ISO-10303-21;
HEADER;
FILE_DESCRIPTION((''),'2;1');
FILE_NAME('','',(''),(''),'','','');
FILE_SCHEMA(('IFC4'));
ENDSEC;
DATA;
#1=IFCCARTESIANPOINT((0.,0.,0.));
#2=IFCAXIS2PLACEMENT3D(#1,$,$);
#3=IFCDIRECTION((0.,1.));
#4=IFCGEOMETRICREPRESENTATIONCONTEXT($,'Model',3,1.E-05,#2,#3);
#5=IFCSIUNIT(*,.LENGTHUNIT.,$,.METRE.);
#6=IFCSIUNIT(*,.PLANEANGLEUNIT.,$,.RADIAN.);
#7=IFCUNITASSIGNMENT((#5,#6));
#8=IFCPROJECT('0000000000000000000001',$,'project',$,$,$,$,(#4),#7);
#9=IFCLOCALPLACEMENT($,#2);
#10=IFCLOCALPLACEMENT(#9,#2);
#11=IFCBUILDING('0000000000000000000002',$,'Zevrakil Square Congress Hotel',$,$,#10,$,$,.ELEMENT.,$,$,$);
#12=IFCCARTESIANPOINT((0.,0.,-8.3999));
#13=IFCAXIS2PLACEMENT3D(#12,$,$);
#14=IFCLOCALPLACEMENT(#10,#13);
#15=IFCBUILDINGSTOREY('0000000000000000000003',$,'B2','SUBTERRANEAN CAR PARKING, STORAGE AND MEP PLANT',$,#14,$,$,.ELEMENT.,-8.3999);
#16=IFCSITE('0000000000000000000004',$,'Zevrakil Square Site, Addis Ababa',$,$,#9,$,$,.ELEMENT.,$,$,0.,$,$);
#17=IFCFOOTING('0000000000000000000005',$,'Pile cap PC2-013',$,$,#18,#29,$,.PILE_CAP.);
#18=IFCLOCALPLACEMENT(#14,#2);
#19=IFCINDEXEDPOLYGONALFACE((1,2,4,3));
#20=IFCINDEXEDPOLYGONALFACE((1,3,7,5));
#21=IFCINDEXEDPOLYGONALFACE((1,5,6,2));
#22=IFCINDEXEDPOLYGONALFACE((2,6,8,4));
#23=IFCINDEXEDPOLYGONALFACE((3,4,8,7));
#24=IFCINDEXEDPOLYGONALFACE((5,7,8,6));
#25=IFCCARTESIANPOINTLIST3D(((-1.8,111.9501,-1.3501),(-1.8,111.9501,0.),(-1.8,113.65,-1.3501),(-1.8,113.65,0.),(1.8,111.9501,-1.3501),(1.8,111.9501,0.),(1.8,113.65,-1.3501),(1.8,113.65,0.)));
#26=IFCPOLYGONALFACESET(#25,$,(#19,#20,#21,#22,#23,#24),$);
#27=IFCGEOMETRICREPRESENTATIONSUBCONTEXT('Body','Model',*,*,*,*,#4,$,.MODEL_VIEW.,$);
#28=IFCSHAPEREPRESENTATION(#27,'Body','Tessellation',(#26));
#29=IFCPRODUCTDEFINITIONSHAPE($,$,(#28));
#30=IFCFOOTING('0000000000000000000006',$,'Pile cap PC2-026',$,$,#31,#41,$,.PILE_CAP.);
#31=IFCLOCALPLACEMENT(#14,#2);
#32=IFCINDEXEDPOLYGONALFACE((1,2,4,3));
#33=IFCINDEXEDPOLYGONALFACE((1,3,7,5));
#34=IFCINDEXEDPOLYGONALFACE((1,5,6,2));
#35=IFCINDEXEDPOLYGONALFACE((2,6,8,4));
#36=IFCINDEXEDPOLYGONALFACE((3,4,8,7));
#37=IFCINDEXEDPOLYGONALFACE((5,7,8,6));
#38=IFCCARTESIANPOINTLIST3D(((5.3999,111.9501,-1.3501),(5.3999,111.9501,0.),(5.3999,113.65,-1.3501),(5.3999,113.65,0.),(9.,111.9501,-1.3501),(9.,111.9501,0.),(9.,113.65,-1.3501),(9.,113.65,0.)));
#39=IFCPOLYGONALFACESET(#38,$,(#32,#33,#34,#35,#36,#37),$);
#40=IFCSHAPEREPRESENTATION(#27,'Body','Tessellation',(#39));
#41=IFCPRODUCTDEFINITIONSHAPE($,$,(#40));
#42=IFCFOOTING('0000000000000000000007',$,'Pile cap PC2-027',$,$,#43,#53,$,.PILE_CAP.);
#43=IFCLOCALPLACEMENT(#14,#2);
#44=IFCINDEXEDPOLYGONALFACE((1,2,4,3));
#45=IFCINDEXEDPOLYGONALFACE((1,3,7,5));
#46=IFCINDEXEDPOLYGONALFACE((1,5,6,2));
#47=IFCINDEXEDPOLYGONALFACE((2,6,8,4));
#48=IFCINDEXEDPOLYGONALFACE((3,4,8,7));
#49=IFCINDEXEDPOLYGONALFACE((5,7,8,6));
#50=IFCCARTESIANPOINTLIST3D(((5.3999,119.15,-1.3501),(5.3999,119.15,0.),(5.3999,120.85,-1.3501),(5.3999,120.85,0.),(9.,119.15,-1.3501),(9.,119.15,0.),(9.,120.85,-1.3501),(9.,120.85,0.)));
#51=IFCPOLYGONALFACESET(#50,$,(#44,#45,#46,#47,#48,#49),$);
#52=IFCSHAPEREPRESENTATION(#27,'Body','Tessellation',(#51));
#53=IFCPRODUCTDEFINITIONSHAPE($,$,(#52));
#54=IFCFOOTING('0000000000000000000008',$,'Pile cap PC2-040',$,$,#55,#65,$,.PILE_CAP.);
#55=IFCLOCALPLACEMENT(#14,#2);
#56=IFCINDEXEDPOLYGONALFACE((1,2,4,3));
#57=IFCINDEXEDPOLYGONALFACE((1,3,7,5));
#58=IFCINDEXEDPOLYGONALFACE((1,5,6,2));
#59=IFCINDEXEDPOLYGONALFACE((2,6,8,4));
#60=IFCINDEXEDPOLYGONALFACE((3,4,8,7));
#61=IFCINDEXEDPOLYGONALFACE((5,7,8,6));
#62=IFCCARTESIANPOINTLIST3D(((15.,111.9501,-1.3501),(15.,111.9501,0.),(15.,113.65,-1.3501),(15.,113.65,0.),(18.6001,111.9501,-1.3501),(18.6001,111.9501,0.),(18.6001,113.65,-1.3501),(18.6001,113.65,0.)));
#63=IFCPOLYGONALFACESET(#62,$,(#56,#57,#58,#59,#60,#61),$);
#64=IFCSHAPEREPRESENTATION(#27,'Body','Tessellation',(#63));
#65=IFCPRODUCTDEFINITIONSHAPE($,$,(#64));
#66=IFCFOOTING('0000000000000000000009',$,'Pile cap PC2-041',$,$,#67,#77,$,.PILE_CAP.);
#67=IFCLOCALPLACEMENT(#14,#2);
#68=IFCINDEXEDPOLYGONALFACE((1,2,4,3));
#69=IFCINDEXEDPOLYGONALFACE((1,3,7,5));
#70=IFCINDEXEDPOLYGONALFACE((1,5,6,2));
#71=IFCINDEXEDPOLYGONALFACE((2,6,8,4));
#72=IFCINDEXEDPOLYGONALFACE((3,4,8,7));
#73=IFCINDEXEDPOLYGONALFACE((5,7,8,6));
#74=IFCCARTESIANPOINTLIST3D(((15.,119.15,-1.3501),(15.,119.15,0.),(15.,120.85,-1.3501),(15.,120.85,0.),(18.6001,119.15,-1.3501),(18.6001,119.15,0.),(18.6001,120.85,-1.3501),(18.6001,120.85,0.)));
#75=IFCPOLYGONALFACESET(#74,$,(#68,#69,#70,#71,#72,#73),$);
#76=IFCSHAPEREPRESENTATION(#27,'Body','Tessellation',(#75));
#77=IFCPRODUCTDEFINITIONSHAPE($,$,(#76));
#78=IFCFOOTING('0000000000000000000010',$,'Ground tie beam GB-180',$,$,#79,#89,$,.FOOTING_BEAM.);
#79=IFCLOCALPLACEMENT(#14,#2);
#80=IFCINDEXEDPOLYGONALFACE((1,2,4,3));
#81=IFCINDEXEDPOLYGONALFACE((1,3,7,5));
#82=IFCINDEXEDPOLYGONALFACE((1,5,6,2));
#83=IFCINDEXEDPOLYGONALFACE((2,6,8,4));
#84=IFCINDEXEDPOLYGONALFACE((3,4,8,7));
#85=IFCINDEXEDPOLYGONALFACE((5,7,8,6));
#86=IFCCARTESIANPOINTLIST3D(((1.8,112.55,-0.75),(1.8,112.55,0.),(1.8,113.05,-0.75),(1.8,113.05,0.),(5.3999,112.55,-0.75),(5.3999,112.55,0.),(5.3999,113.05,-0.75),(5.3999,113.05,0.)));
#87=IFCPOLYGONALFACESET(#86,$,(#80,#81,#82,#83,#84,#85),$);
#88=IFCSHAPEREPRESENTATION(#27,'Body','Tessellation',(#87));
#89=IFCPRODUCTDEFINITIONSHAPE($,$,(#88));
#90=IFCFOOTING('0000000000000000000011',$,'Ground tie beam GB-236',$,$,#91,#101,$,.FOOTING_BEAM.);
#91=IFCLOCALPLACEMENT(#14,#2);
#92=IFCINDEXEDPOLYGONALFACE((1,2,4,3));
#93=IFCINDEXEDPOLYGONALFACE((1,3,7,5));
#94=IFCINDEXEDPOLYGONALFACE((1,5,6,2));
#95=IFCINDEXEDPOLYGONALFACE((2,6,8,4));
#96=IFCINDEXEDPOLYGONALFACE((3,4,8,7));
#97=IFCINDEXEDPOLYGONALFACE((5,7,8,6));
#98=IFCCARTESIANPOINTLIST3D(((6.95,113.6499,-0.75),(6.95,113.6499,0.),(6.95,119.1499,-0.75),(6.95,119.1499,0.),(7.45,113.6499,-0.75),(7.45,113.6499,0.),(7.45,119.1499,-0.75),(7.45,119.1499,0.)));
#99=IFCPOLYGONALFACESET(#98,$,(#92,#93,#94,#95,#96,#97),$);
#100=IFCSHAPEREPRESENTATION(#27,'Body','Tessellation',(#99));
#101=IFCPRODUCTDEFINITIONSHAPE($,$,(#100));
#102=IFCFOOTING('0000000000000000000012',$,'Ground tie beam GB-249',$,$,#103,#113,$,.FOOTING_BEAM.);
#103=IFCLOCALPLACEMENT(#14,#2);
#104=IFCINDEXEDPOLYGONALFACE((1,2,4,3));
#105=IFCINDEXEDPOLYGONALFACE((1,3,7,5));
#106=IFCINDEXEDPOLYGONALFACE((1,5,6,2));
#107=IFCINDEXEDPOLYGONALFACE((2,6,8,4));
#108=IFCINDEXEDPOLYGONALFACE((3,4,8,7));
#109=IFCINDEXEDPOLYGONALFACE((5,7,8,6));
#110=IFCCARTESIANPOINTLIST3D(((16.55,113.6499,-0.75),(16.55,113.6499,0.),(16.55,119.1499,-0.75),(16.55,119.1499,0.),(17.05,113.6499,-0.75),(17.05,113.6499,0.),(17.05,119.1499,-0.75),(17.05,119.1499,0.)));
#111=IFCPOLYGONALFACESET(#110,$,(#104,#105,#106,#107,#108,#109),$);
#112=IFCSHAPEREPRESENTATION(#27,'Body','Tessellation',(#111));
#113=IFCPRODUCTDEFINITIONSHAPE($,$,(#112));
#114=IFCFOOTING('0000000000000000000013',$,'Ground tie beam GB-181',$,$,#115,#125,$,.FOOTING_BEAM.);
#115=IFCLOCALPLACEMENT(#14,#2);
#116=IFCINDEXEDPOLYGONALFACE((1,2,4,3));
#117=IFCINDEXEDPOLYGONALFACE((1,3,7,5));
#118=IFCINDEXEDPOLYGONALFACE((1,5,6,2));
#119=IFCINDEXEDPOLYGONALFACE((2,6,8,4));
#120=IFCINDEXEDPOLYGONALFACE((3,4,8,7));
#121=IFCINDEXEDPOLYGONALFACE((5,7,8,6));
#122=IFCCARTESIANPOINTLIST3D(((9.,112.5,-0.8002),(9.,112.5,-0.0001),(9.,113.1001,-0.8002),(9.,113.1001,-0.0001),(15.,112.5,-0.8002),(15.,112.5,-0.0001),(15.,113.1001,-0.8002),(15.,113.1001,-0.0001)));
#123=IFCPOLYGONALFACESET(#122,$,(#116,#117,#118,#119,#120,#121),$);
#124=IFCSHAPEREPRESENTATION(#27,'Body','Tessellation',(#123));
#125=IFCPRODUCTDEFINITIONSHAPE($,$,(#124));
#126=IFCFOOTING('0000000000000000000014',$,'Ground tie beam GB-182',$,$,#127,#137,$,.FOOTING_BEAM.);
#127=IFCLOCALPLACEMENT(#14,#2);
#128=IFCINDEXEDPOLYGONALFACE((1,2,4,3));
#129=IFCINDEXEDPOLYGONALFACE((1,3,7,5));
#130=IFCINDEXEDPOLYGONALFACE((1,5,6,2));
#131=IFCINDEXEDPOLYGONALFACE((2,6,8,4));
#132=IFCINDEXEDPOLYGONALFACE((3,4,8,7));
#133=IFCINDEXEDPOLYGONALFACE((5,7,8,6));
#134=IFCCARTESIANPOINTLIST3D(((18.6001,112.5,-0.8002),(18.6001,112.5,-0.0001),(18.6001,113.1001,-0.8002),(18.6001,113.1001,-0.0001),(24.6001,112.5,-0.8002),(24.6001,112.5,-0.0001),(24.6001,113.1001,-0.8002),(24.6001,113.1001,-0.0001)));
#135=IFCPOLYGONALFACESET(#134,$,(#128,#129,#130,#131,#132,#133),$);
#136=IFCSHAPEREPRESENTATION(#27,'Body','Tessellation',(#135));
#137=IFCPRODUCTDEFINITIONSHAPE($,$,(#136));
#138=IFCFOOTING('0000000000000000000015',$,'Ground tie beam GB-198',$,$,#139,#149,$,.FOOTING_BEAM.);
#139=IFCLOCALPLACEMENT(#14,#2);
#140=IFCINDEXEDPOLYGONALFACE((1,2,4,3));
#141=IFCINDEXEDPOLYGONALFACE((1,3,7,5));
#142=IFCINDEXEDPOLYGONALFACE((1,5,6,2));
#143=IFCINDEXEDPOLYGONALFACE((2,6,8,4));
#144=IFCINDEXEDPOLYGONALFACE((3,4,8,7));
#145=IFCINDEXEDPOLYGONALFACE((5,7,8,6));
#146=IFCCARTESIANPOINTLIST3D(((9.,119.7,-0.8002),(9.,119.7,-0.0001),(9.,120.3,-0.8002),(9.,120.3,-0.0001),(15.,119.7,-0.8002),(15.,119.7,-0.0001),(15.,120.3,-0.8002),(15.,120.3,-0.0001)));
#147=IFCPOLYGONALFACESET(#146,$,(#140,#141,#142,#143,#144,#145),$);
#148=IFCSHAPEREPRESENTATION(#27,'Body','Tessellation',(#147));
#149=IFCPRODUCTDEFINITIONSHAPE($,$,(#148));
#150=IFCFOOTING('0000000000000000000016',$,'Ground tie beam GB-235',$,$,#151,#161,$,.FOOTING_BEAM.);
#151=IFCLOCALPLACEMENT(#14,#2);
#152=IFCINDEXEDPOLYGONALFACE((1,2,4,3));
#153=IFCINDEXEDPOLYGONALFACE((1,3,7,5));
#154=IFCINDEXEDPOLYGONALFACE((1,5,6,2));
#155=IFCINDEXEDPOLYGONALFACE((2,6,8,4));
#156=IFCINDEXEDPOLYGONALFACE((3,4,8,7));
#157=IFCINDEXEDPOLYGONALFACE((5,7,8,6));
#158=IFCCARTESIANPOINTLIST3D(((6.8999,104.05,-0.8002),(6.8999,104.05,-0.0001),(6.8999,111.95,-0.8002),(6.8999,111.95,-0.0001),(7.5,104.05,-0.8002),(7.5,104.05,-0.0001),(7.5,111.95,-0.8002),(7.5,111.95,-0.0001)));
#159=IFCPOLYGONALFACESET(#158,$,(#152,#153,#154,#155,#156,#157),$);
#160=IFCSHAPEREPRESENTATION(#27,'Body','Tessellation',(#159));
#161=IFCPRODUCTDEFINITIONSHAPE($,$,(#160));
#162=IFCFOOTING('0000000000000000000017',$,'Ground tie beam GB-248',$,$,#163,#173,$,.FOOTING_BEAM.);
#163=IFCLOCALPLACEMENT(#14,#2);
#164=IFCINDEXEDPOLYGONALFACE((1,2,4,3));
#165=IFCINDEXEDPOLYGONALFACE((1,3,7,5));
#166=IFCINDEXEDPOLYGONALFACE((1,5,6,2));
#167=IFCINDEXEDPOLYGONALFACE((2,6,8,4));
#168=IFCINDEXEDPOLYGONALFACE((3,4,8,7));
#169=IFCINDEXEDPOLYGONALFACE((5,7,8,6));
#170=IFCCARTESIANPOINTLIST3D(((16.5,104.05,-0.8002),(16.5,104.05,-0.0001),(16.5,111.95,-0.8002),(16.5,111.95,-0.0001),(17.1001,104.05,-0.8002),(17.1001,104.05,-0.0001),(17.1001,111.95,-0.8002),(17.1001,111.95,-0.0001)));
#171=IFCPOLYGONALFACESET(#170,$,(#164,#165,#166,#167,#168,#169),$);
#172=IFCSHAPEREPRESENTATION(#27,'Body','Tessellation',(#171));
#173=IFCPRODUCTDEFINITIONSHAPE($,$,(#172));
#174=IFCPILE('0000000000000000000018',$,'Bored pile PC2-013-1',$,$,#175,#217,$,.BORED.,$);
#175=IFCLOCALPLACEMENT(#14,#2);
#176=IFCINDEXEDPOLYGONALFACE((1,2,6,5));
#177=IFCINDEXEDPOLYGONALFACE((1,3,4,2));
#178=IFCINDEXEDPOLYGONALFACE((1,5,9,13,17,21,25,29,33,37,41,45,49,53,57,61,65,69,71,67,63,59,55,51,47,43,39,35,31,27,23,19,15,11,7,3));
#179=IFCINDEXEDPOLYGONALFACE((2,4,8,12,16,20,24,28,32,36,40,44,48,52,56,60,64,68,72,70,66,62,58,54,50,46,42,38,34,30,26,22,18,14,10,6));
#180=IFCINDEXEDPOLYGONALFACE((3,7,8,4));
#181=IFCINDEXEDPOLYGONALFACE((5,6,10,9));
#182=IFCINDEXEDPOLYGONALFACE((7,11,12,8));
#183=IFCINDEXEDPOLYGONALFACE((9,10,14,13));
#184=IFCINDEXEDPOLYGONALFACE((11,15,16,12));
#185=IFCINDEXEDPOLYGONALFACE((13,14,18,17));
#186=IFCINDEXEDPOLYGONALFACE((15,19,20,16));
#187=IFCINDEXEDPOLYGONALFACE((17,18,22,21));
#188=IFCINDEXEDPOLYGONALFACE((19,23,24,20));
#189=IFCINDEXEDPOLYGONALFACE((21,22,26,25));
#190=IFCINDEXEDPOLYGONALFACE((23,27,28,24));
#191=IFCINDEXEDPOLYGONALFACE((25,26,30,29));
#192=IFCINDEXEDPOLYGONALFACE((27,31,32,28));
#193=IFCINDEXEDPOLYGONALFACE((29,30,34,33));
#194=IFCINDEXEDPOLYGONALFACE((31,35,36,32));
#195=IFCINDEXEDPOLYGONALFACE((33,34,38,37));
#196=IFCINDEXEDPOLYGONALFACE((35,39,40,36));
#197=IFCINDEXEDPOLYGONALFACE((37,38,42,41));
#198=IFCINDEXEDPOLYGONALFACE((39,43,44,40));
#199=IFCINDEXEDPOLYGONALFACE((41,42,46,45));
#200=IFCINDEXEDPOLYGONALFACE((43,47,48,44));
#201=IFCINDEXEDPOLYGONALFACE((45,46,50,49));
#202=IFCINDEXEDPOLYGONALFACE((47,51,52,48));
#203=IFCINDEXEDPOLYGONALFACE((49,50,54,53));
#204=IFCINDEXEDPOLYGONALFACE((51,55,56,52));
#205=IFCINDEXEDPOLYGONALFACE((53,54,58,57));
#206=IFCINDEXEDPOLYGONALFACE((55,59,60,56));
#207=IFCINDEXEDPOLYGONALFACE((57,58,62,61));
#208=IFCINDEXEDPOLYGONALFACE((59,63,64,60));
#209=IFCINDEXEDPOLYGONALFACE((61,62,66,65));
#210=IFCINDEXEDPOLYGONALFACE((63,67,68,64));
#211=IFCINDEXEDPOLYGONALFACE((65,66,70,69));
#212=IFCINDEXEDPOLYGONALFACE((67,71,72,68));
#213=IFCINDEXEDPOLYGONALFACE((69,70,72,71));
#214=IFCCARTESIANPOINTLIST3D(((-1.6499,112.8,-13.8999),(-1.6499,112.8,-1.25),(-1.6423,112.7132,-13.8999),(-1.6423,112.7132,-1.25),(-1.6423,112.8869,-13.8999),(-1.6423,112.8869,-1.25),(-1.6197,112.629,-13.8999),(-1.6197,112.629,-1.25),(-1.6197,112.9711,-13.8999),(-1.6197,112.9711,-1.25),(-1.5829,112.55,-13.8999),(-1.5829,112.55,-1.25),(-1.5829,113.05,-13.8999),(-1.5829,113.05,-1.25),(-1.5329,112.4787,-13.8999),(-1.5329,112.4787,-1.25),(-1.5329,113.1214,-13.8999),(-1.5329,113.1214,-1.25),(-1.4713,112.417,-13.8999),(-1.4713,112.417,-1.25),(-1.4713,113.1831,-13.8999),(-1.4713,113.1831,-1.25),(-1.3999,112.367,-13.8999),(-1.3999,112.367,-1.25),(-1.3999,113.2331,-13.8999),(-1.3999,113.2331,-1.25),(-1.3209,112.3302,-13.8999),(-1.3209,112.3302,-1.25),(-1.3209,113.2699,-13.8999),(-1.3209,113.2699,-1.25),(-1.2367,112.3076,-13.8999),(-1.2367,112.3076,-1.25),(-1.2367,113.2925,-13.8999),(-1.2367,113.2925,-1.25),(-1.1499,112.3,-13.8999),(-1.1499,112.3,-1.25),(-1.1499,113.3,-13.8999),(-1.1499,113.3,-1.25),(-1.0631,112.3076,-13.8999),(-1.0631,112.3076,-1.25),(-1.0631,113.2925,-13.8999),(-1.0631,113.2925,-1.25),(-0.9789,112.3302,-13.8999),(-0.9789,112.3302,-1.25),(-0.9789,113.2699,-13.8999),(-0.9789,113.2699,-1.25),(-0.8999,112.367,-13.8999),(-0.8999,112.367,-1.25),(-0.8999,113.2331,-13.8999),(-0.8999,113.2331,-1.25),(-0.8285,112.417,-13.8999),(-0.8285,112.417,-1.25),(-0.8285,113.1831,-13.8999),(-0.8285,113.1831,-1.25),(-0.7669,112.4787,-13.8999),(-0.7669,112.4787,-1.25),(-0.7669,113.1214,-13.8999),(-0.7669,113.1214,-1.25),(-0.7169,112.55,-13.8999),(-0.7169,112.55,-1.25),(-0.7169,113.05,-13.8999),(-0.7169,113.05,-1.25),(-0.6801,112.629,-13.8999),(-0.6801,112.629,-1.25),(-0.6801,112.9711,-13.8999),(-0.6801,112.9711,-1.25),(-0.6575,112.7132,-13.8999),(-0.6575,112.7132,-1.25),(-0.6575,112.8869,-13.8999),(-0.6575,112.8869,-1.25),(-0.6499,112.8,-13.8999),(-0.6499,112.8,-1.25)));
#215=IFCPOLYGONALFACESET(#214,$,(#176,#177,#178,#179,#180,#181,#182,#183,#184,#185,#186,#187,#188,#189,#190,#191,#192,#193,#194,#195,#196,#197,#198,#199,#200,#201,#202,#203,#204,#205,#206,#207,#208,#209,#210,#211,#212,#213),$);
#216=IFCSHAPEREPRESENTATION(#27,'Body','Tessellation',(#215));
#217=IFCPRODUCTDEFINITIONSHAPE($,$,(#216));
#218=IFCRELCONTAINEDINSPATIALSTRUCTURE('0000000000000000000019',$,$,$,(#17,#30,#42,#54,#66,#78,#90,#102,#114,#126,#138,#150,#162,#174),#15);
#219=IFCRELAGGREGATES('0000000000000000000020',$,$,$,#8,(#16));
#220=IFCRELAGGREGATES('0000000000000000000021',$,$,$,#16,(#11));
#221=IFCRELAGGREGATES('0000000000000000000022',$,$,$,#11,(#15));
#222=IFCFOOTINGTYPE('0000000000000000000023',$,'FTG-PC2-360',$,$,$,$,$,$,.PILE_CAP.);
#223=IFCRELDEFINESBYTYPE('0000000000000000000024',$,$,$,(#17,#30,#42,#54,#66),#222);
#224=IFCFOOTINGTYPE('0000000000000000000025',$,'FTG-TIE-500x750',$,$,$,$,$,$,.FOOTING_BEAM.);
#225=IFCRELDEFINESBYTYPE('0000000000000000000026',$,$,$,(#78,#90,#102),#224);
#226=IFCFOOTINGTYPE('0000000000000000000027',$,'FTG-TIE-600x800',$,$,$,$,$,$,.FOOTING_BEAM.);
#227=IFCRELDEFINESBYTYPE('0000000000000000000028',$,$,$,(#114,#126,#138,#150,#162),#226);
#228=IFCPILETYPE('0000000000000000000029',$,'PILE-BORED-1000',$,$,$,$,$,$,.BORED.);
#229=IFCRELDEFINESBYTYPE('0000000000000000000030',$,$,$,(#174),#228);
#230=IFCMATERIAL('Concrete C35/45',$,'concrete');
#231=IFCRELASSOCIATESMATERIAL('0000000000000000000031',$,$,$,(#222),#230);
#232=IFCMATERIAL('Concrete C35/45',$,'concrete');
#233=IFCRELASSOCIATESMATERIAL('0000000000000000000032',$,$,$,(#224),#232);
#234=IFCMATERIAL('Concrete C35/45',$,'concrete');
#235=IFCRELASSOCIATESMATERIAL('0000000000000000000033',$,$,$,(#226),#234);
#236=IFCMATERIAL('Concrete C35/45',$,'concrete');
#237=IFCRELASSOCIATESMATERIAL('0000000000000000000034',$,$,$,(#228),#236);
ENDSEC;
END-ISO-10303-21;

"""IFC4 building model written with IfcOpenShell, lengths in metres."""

from ifc_helpers import new_model, si_unit, direction, frame, origin, origin_2d, place, context, subcontext, project, spatial, rectangle, circle, extrude, material, material_profile, profile_set, type_object, element, save


model = new_model("IFC4")

# Units and contexts
model_context = context("Model", 3, precision=1e-05, world=origin(), true_north=direction((0.0, 1.0)))
body_context = subcontext(model_context, "Body", "Model", "MODEL_VIEW")
ifc_project = project(units=[si_unit("LENGTHUNIT", "METRE"), si_unit("PLANEANGLEUNIT", "RADIAN")], contexts=[model_context])

# Site, building, storey
site_placement = place(None, origin())
site = spatial("IfcSite", under=ifc_project, at=site_placement, Name="Zevrakil Square Site, Addis Ababa", CompositionType="ELEMENT", RefElevation=0.0)
building_placement = place(site_placement, origin())
building = spatial("IfcBuilding", under=site, at=building_placement, Name="Zevrakil Square Congress Hotel", CompositionType="ELEMENT")
storey_placement = place(building_placement, frame((0.0, 0.0, -8.3999)))
storey = spatial("IfcBuildingStorey", under=building, at=storey_placement, Name="B2", Description="SUBTERRANEAN CAR PARKING, STORAGE AND MEP PLANT", CompositionType="ELEMENT", Elevation=-8.3999)

# Footings
ifc_material_1 = material(Name="Concrete C35/45", Category="concrete")
footing_type_1 = type_object("IfcFootingType", Name="FTG-PC2-360", PredefinedType="PILE_CAP", material=ifc_material_1)
for number, where, z_axis, x_axis, name in (
    (1, (0.0, 112.8, -1.3501), (0.0, 0.0, 1.0), (1.0, 0.0, 0.0), "Pile cap PC2-013"),
    (2, (7.2, 112.8, -1.3501), (0.0, 0.0, 1.0), (1.0, 0.0, 0.0), "Pile cap PC2-026"),
    (3, (7.2, 120.0, -1.3501), (0.0, 0.0, 1.0), (1.0, 0.0, 0.0), "Pile cap PC2-027"),
    (4, (16.8, 112.8, -1.3501), (0.0, 0.0, 1.0), (1.0, 0.0, 0.0), "Pile cap PC2-040"),
    (5, (16.8, 120.0, -1.3501), (0.0, 0.0, 1.0), (1.0, 0.0, 0.0), "Pile cap PC2-041"),
):
    element("IfcFooting", number, at=place(storey_placement, frame(where, z_axis=z_axis, x_axis=x_axis)), inside=storey, type_object=footing_type_1, Name=name, PredefinedType="PILE_CAP", context=body_context, shape_type="SweptSolid", body=[
        extrude(rectangle(XDim=3.6001, YDim=1.7, at=origin_2d()), origin(), (0.0, 0.0, 1.0), 1.3501),
    ])
ifc_material_2 = material(Name="Concrete C35/45", Category="concrete")
ifc_material_profile_1 = material_profile(ifc_material_2, rectangle(XDim=0.5, YDim=0.75, at=origin_2d()), Name="RC 500x750")
ifc_profile_set_1 = profile_set([ifc_material_profile_1], Name="Concrete C35/45")
footing_type_2 = type_object("IfcFootingType", Name="FTG-TIE-500x750", PredefinedType="FOOTING_BEAM", material=ifc_profile_set_1)
footing_placement = place(storey_placement, frame((1.8, 112.8, -0.375), z_axis=(1.0, 0.0, 0.0), x_axis=(0.0, 1.0, 0.0)))
element("IfcFooting", 6, at=footing_placement, inside=storey, type_object=footing_type_2, Name="Ground tie beam GB-180", PredefinedType="FOOTING_BEAM", context=body_context, shape_type="SweptSolid", body=[
    extrude(rectangle(XDim=0.5, YDim=0.75, at=origin_2d()), origin(), (0.0, 0.0, 1.0), 3.5999),
])
for number, where, z_axis, x_axis, name in (
    (7, (7.2, 113.6499, -0.375), (0.0, 1.0, 0.0), (-1.0, 0.0, 0.0), "Ground tie beam GB-236"),
    (8, (16.8, 113.6499, -0.375), (0.0, 1.0, 0.0), (-1.0, 0.0, 0.0), "Ground tie beam GB-249"),
):
    element("IfcFooting", number, at=place(storey_placement, frame(where, z_axis=z_axis, x_axis=x_axis)), inside=storey, type_object=footing_type_2, Name=name, PredefinedType="FOOTING_BEAM", context=body_context, shape_type="SweptSolid", body=[
        extrude(rectangle(XDim=0.5, YDim=0.75, at=origin_2d()), origin(), (0.0, 0.0, 1.0), 5.5),
    ])
ifc_material_3 = material(Name="Concrete C35/45", Category="concrete")
ifc_material_profile_2 = material_profile(ifc_material_3, rectangle(XDim=0.6001, YDim=0.8, at=origin_2d()), Name="RC 600x800")
ifc_profile_set_2 = profile_set([ifc_material_profile_2], Name="Concrete C35/45")
footing_type_3 = type_object("IfcFootingType", Name="FTG-TIE-600x800", PredefinedType="FOOTING_BEAM", material=ifc_profile_set_2)
for number, where, z_axis, x_axis, name in (
    (9, (9.0, 112.8, -0.4001), (1.0, 0.0, 0.0), (0.0, 1.0, 0.0), "Ground tie beam GB-181"),
    (10, (18.6001, 112.8, -0.4001), (1.0, 0.0, 0.0), (0.0, 1.0, 0.0), "Ground tie beam GB-182"),
    (11, (9.0, 120.0, -0.4001), (1.0, 0.0, 0.0), (0.0, 1.0, 0.0), "Ground tie beam GB-198"),
):
    element("IfcFooting", number, at=place(storey_placement, frame(where, z_axis=z_axis, x_axis=x_axis)), inside=storey, type_object=footing_type_3, Name=name, PredefinedType="FOOTING_BEAM", context=body_context, shape_type="SweptSolid", body=[
        extrude(rectangle(XDim=0.6001, YDim=0.8, at=origin_2d()), origin(), (0.0, 0.0, 1.0), 6.0),
    ])
for number, where, z_axis, x_axis, name in (
    (12, (7.2, 104.05, -0.4001), (0.0, 1.0, 0.0), (-1.0, 0.0, 0.0), "Ground tie beam GB-235"),
    (13, (16.8, 104.05, -0.4001), (0.0, 1.0, 0.0), (-1.0, 0.0, 0.0), "Ground tie beam GB-248"),
):
    element("IfcFooting", number, at=place(storey_placement, frame(where, z_axis=z_axis, x_axis=x_axis)), inside=storey, type_object=footing_type_3, Name=name, PredefinedType="FOOTING_BEAM", context=body_context, shape_type="SweptSolid", body=[
        extrude(rectangle(XDim=0.6001, YDim=0.8, at=origin_2d()), origin(), (0.0, 0.0, 1.0), 7.8999),
    ])

# Pile
ifc_material_4 = material(Name="Concrete C35/45", Category="concrete")
ifc_material_profile_3 = material_profile(ifc_material_4, circle(Radius=0.5, at=origin_2d()), Name="PILE D1000")
ifc_profile_set_3 = profile_set([ifc_material_profile_3], Name="Concrete C35/45")
pile_type = type_object("IfcPileType", Name="PILE-BORED-1000", PredefinedType="BORED", material=ifc_profile_set_3)
for number, where, z_axis, x_axis, name in (
    (14, (-1.1499, 112.8, -1.25), (0.0, 0.0, -1.0), (1.0, 0.0, 0.0), "Bored pile PC2-013-1"),
):
    element("IfcPile", number, at=place(storey_placement, frame(where, z_axis=z_axis, x_axis=x_axis)), inside=storey, type_object=pile_type, Name=name, PredefinedType="BORED", context=body_context, shape_type="SweptSolid", body=[
        extrude(circle(Radius=0.5, at=origin_2d()), origin(), (0.0, 0.0, 1.0), 12.6499),
    ])

save(model, "model.ifc")
